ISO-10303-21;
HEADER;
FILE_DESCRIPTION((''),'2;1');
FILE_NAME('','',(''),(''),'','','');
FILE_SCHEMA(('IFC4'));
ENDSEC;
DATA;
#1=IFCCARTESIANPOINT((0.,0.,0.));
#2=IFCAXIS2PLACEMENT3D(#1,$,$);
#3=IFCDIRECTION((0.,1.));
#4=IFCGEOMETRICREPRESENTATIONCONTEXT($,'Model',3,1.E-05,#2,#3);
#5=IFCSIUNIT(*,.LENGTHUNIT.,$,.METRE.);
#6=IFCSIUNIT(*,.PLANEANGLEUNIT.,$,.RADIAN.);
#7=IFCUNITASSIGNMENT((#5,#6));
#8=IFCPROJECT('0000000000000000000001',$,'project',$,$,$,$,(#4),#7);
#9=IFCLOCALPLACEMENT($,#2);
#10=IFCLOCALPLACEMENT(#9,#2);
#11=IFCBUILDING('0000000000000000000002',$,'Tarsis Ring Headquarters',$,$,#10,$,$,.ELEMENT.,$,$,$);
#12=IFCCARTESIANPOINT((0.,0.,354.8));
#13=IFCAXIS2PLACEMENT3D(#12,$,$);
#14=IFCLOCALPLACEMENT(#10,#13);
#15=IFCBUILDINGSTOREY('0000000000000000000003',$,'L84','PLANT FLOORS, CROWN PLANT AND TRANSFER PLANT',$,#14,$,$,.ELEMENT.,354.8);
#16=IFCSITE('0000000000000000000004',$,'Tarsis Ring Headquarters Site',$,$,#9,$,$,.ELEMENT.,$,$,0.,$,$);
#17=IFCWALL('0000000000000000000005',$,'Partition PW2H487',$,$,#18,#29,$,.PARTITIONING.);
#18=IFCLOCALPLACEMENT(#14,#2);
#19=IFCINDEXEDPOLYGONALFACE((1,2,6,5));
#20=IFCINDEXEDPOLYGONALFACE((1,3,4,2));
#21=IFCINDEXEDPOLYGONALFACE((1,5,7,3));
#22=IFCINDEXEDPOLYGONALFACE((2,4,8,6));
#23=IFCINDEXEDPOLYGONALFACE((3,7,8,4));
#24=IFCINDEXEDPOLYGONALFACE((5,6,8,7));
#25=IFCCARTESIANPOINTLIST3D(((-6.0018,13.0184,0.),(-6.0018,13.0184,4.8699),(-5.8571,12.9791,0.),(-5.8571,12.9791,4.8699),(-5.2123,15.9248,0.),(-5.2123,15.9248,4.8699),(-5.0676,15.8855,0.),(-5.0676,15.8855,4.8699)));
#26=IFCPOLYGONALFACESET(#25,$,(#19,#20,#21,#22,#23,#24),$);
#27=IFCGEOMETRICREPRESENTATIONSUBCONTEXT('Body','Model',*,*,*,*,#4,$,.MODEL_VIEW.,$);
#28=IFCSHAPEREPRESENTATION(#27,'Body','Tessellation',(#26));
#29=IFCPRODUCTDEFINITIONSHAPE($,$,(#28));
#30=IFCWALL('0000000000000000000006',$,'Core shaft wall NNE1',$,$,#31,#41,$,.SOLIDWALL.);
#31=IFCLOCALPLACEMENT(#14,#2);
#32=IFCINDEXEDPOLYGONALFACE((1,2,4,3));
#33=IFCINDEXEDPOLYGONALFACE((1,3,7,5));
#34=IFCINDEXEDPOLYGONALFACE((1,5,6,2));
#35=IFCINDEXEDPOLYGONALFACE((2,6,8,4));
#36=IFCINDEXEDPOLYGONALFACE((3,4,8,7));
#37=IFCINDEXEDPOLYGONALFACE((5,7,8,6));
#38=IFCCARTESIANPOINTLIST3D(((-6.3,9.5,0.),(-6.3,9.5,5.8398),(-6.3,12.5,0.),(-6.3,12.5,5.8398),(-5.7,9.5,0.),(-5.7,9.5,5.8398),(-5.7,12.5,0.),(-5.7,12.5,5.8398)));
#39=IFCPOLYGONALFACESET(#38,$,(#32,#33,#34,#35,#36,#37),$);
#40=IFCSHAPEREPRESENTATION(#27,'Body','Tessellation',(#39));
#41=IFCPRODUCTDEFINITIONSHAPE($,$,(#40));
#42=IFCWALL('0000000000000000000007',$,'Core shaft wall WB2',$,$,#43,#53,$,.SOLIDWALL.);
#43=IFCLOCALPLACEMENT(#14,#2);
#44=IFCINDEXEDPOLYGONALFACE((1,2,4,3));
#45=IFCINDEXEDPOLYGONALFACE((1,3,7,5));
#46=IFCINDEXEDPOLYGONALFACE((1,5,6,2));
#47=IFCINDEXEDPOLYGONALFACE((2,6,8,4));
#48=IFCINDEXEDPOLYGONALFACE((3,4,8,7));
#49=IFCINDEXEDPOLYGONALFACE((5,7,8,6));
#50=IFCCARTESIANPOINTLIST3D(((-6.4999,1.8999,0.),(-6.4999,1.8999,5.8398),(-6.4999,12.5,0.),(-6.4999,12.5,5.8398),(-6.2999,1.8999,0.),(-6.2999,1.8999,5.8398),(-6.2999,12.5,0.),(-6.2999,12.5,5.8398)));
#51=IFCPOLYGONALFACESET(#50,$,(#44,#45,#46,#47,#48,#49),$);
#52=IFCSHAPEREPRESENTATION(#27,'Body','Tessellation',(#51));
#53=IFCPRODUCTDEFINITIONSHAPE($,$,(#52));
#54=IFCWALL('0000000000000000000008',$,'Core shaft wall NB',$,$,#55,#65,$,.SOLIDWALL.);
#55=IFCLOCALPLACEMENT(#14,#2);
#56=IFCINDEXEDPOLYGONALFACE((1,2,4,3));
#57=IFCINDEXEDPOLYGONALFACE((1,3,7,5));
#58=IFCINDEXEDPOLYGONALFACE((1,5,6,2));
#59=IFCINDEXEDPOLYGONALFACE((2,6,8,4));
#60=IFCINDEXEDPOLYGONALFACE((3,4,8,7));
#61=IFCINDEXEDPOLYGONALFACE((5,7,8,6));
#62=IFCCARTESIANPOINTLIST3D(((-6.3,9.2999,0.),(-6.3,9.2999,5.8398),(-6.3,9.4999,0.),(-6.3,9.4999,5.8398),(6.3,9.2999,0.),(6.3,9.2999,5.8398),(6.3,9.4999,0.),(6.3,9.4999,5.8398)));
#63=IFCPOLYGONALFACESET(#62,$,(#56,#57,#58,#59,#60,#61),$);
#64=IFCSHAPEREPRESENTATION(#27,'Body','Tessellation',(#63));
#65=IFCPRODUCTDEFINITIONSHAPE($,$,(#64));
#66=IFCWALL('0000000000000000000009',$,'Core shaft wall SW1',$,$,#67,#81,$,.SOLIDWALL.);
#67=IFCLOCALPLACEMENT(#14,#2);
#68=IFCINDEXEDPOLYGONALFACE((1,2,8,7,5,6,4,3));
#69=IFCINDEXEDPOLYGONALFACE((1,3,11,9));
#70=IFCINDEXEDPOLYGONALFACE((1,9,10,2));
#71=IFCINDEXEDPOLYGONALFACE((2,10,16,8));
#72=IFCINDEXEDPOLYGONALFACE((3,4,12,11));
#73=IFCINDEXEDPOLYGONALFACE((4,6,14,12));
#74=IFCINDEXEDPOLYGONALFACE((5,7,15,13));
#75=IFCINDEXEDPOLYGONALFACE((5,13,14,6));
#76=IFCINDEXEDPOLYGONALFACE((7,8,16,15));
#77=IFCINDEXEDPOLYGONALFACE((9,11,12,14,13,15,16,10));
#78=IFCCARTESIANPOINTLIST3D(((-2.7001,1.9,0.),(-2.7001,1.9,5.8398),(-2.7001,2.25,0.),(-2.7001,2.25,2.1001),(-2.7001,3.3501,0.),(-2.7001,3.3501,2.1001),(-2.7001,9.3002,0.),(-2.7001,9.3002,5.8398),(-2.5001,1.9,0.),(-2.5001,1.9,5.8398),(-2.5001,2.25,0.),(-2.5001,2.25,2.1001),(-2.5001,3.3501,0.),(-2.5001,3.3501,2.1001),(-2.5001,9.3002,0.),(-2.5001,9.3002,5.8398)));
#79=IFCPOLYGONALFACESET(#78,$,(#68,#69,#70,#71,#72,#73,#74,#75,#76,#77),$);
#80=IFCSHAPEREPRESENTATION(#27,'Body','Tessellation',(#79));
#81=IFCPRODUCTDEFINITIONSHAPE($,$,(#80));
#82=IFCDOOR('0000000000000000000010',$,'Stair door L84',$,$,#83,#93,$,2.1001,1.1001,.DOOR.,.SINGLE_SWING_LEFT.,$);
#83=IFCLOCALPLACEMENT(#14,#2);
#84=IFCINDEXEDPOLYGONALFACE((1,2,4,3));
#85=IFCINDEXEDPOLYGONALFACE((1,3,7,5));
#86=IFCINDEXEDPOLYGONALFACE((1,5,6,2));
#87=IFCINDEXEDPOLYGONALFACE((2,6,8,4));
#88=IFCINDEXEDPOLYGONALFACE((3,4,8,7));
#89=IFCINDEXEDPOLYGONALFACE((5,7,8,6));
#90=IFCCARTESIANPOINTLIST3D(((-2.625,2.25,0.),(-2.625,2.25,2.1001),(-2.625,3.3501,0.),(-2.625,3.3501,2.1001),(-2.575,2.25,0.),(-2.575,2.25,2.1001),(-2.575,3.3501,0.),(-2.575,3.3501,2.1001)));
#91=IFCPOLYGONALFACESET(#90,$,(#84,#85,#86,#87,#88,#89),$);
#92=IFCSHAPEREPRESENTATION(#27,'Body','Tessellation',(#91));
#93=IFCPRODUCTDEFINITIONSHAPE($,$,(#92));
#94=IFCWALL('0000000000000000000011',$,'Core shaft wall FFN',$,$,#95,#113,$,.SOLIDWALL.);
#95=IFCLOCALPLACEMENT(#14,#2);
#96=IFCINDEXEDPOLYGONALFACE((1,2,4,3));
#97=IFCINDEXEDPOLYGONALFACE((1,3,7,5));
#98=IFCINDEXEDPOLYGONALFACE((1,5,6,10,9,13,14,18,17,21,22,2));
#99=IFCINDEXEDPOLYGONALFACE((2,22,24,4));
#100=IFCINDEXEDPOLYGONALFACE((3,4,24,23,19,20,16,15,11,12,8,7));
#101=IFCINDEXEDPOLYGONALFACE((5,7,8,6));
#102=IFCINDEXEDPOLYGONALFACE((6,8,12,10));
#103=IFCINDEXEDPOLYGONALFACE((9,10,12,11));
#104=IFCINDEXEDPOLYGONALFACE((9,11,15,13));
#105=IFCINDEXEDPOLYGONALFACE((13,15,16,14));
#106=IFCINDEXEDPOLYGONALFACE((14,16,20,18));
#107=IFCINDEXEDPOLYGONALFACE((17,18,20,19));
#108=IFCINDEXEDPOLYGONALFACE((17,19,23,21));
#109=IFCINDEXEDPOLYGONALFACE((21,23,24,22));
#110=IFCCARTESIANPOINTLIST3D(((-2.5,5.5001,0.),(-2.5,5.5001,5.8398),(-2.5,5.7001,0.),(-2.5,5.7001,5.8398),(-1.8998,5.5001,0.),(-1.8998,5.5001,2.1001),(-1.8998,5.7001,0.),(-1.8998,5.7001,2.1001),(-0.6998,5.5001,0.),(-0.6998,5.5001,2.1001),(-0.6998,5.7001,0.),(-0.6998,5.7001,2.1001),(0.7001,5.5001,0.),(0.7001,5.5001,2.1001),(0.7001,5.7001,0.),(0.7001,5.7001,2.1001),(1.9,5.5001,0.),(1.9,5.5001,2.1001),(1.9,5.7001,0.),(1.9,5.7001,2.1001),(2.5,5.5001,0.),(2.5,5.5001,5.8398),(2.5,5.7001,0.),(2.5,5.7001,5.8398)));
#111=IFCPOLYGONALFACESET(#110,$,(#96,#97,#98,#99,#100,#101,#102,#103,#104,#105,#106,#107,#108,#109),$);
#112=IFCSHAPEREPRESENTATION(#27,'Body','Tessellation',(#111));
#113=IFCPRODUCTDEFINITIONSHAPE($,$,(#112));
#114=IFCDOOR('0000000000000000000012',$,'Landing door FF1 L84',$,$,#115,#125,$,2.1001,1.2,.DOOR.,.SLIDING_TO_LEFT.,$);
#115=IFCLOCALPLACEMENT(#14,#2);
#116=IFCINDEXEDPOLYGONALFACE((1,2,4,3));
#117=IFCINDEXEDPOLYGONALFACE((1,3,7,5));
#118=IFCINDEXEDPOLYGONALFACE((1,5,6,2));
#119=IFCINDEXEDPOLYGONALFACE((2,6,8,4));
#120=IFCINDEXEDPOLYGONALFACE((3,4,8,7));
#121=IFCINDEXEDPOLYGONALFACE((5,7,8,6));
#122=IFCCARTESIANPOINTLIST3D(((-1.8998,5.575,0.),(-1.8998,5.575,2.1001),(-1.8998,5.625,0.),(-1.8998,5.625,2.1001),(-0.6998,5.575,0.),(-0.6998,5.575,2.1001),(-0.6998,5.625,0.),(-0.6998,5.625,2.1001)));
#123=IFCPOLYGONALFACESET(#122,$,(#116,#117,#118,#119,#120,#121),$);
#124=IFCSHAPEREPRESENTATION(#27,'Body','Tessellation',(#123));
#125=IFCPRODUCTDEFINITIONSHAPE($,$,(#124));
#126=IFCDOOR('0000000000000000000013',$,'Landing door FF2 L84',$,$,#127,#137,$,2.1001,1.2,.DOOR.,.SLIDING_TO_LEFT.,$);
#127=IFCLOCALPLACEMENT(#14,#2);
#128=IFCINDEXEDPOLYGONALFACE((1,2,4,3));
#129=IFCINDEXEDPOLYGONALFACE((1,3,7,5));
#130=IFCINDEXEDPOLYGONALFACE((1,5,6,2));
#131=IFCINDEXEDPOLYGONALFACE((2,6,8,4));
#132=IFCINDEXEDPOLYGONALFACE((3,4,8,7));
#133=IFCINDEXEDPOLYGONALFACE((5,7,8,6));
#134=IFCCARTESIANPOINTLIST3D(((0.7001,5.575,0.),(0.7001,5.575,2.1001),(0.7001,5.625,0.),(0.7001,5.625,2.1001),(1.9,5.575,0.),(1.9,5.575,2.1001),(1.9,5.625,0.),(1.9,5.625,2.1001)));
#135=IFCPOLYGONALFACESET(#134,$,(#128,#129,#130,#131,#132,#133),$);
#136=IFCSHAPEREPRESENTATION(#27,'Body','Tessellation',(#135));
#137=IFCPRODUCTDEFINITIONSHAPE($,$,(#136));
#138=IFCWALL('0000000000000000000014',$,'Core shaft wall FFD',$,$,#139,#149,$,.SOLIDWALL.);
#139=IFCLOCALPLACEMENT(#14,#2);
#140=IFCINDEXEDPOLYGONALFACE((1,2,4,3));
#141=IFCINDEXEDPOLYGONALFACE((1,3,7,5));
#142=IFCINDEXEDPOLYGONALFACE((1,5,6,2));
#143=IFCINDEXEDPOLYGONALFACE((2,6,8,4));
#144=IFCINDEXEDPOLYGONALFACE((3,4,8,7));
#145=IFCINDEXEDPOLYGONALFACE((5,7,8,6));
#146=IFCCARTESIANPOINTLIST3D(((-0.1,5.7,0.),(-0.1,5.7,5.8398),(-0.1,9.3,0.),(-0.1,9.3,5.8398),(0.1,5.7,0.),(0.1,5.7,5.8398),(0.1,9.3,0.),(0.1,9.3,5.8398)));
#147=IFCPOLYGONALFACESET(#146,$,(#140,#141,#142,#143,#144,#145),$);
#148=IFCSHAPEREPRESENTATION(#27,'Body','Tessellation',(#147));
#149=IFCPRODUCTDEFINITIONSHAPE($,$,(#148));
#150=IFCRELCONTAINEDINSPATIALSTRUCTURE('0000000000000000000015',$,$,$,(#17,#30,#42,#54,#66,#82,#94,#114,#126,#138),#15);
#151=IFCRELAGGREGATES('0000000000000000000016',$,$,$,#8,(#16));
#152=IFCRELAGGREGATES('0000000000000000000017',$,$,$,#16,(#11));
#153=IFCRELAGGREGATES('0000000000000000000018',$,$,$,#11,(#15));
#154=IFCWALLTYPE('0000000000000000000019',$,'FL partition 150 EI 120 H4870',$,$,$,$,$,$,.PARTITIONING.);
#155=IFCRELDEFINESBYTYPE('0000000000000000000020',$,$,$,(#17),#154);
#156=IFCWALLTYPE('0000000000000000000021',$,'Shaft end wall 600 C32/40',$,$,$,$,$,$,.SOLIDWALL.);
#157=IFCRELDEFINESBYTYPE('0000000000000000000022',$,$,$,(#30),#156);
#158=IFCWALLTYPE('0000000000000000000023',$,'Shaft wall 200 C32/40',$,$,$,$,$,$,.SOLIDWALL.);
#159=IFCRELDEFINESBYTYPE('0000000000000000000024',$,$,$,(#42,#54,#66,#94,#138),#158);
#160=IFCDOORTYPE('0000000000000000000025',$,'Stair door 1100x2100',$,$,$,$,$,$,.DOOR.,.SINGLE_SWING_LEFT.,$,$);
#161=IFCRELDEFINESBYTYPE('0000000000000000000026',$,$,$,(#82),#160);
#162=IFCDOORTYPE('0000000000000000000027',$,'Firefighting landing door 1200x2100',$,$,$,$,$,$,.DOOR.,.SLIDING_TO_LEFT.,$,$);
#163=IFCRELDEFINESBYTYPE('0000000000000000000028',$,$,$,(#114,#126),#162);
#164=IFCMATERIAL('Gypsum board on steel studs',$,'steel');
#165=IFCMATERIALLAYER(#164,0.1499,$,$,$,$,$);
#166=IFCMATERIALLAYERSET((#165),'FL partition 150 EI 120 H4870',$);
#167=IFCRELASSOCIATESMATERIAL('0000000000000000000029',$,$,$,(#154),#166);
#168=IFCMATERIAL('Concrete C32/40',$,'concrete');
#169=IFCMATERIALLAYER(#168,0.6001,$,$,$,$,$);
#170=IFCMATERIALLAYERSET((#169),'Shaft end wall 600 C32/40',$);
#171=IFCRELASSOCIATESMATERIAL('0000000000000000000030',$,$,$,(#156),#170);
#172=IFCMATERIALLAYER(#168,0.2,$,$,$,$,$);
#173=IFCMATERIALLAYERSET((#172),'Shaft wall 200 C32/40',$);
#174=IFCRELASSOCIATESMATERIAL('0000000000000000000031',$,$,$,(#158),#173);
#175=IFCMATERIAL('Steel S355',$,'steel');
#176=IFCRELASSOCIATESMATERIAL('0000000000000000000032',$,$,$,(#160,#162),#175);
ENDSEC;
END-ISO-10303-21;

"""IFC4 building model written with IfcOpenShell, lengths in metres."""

from ifc_helpers import new_model, si_unit, direction, frame, frame_2d, origin, place, context, subcontext, project, spatial, rectangle, extrude, material, layer, layer_set, type_object, element, fill, save


model = new_model("IFC4")

# Units and contexts
model_context = context("Model", 3, precision=1e-05, world=origin(), true_north=direction((0.0, 1.0)))
body_context = subcontext(model_context, "Body", "Model", "MODEL_VIEW")
ifc_project = project(units=[si_unit("LENGTHUNIT", "METRE"), si_unit("PLANEANGLEUNIT", "RADIAN")], contexts=[model_context])

# Site, building, storey
site_placement = place(None, origin())
site = spatial("IfcSite", under=ifc_project, at=site_placement, Name="Tarsis Ring Headquarters Site", CompositionType="ELEMENT", RefElevation=0.0)
building_placement = place(site_placement, origin())
building = spatial("IfcBuilding", under=site, at=building_placement, Name="Tarsis Ring Headquarters", CompositionType="ELEMENT")
storey_placement = place(building_placement, frame((0.0, 0.0, 354.8)))
storey = spatial("IfcBuildingStorey", under=building, at=storey_placement, Name="L84", Description="PLANT FLOORS, CROWN PLANT AND TRANSFER PLANT", CompositionType="ELEMENT", Elevation=354.8)

# Walls
ifc_material_1 = material(Name="Gypsum board on steel studs", Category="steel")
ifc_layer_1 = layer(ifc_material_1, 0.1499)
ifc_layer_set_1 = layer_set([ifc_layer_1], Name="FL partition 150 EI 120 H4870")
wall_type_1 = type_object("IfcWallType", Name="FL partition 150 EI 120 H4870", PredefinedType="PARTITIONING", material=ifc_layer_set_1)
wall_1_placement = place(storey_placement, frame((-5.9294, 12.9988, 0.0), z_axis=(0.0, 0.0, 1.0), x_axis=(0.26215, 0.965027, 0.0)))
element("IfcWall", 1, at=wall_1_placement, inside=storey, type_object=wall_type_1, Name="Partition PW2H487", PredefinedType="PARTITIONING", context=body_context, shape_type="SweptSolid", body=[
    extrude(rectangle(XDim=3.0117, YDim=0.1499, at=frame_2d((1.5059, 0.0))), origin(), (0.0, 0.0, 1.0), 4.8699),
])
ifc_material_2 = material(Name="Concrete C32/40", Category="concrete")
ifc_layer_2 = layer(ifc_material_2, 0.6001)
ifc_layer_set_2 = layer_set([ifc_layer_2], Name="Shaft end wall 600 C32/40")
wall_type_2 = type_object("IfcWallType", Name="Shaft end wall 600 C32/40", PredefinedType="SOLIDWALL", material=ifc_layer_set_2)
wall_2_placement = place(storey_placement, frame((-6.0, 9.5, 0.0), z_axis=(0.0, 0.0, 1.0), x_axis=(0.0, 1.0, 0.0)))
element("IfcWall", 2, at=wall_2_placement, inside=storey, type_object=wall_type_2, Name="Core shaft wall NNE1", PredefinedType="SOLIDWALL", context=body_context, shape_type="SweptSolid", body=[
    extrude(rectangle(XDim=3.0, YDim=0.6001, at=frame_2d((1.5, 0.0))), origin(), (0.0, 0.0, 1.0), 5.8398),
])
ifc_layer_3 = layer(ifc_material_2, 0.2)
ifc_layer_set_3 = layer_set([ifc_layer_3], Name="Shaft wall 200 C32/40")
wall_type_3 = type_object("IfcWallType", Name="Shaft wall 200 C32/40", PredefinedType="SOLIDWALL", material=ifc_layer_set_3)
wall_3_placement = place(storey_placement, frame((-6.3999, 1.8999, 0.0), z_axis=(0.0, 0.0, 1.0), x_axis=(0.0, 1.0, 0.0)))
element("IfcWall", 3, at=wall_3_placement, inside=storey, type_object=wall_type_3, Name="Core shaft wall WB2", PredefinedType="SOLIDWALL", context=body_context, shape_type="SweptSolid", body=[
    extrude(rectangle(XDim=10.6001, YDim=0.2, at=frame_2d((5.3, 0.0))), origin(), (0.0, 0.0, 1.0), 5.8398),
])
wall_4_placement = place(storey_placement, frame((-6.3, 9.3999, 0.0), z_axis=(0.0, 0.0, 1.0), x_axis=(1.0, 0.0, 0.0)))
element("IfcWall", 4, at=wall_4_placement, inside=storey, type_object=wall_type_3, Name="Core shaft wall NB", PredefinedType="SOLIDWALL", context=body_context, shape_type="SweptSolid", body=[
    extrude(rectangle(XDim=12.6001, YDim=0.2, at=frame_2d((6.3, 0.0))), origin(), (0.0, 0.0, 1.0), 5.8398),
])

# Wall, opening, door
wall_5_placement = place(storey_placement, frame((-2.6001, 1.8999, 0.0), z_axis=(0.0, 0.0, 1.0), x_axis=(0.0, 1.0, 0.0)))
wall_5 = element("IfcWall", 5, at=wall_5_placement, inside=storey, type_object=wall_type_3, Name="Core shaft wall SW1", PredefinedType="SOLIDWALL", context=body_context, shape_type="SweptSolid", body=[
    extrude(rectangle(XDim=7.4001, YDim=0.2, at=frame_2d((3.7002, 0.0))), origin(), (0.0, 0.0, 1.0), 5.8398),
])
opening_1_placement = place(wall_5_placement, frame((0.3501, 0.0, 0.0)))
opening_1 = element("IfcOpeningElement", 6, at=opening_1_placement, cuts=wall_5, PredefinedType="OPENING", context=body_context, shape_type="SweptSolid", body=[
    extrude(rectangle(XDim=1.1001, YDim=2.1001, at=frame_2d((0.55, 1.05))), frame((0.0, 0.1099, 0.0), z_axis=(0.0, -1.0, 0.0), x_axis=(1.0, 0.0, 0.0)), (0.0, 0.0, 1.0), 0.22),
])
ifc_material_3 = material(Name="Steel S355", Category="steel")
door_type_1 = type_object("IfcDoorType", Name="Stair door 1100x2100", OperationType="SINGLE_SWING_LEFT", PredefinedType="DOOR", material=ifc_material_3)
door_1_placement = place(opening_1_placement, origin())
door_1 = element("IfcDoor", 7, at=door_1_placement, inside=storey, type_object=door_type_1, Name="Stair door L84", OperationType="SINGLE_SWING_LEFT", OverallHeight=2.1001, OverallWidth=1.1001, PredefinedType="DOOR", context=body_context, shape_type="SweptSolid", body=[
    extrude(rectangle(XDim=1.1001, YDim=2.1001, at=frame_2d((0.55, 1.05))), frame((0.0, 0.0249, 0.0), z_axis=(0.0, -1.0, 0.0), x_axis=(1.0, 0.0, 0.0)), (0.0, 0.0, 1.0), 0.05),
])
fill(opening_1, door_1)

# Wall, openings, doors
wall_6_placement = place(storey_placement, frame((-2.5, 5.6001, 0.0), z_axis=(0.0, 0.0, 1.0), x_axis=(1.0, 0.0, 0.0)))
wall_6 = element("IfcWall", 8, at=wall_6_placement, inside=storey, type_object=wall_type_3, Name="Core shaft wall FFN", PredefinedType="SOLIDWALL", context=body_context, shape_type="SweptSolid", body=[
    extrude(rectangle(XDim=5.0, YDim=0.2, at=frame_2d((2.5, 0.0))), origin(), (0.0, 0.0, 1.0), 5.8398),
])
opening_2_placement = place(wall_6_placement, frame((0.6001, 0.0, 0.0)))
opening_2 = element("IfcOpeningElement", 9, at=opening_2_placement, cuts=wall_6, PredefinedType="OPENING", context=body_context, shape_type="SweptSolid", body=[
    extrude(rectangle(XDim=1.2, YDim=2.1001, at=frame_2d((0.6001, 1.05))), frame((0.0, 0.1099, 0.0), z_axis=(0.0, -1.0, 0.0), x_axis=(1.0, 0.0, 0.0)), (0.0, 0.0, 1.0), 0.22),
])
opening_3_placement = place(wall_6_placement, frame((3.2, 0.0, 0.0)))
opening_3 = element("IfcOpeningElement", 10, at=opening_3_placement, cuts=wall_6, PredefinedType="OPENING", context=body_context, shape_type="SweptSolid", body=[
    extrude(rectangle(XDim=1.2, YDim=2.1001, at=frame_2d((0.6001, 1.05))), frame((0.0, 0.1099, 0.0), z_axis=(0.0, -1.0, 0.0), x_axis=(1.0, 0.0, 0.0)), (0.0, 0.0, 1.0), 0.22),
])
door_type_2 = type_object("IfcDoorType", Name="Firefighting landing door 1200x2100", OperationType="SLIDING_TO_LEFT", PredefinedType="DOOR", material=ifc_material_3)
door_2_placement = place(opening_2_placement, origin())
door_2 = element("IfcDoor", 11, at=door_2_placement, inside=storey, type_object=door_type_2, Name="Landing door FF1 L84", OperationType="SLIDING_TO_LEFT", OverallHeight=2.1001, OverallWidth=1.2, PredefinedType="DOOR", context=body_context, shape_type="SweptSolid", body=[
    extrude(rectangle(XDim=1.2, YDim=2.1001, at=frame_2d((0.6001, 1.05))), frame((0.0, 0.0249, 0.0), z_axis=(0.0, -1.0, 0.0), x_axis=(1.0, 0.0, 0.0)), (0.0, 0.0, 1.0), 0.05),
])
fill(opening_2, door_2)
door_3_placement = place(opening_3_placement, origin())
door_3 = element("IfcDoor", 12, at=door_3_placement, inside=storey, type_object=door_type_2, Name="Landing door FF2 L84", OperationType="SLIDING_TO_LEFT", OverallHeight=2.1001, OverallWidth=1.2, PredefinedType="DOOR", context=body_context, shape_type="SweptSolid", body=[
    extrude(rectangle(XDim=1.2, YDim=2.1001, at=frame_2d((0.6001, 1.05))), frame((0.0, 0.0249, 0.0), z_axis=(0.0, -1.0, 0.0), x_axis=(1.0, 0.0, 0.0)), (0.0, 0.0, 1.0), 0.05),
])
fill(opening_3, door_3)

# Wall
wall_7_placement = place(storey_placement, frame((0.0, 5.7, 0.0), z_axis=(0.0, 0.0, 1.0), x_axis=(0.0, 1.0, 0.0)))
element("IfcWall", 13, at=wall_7_placement, inside=storey, type_object=wall_type_3, Name="Core shaft wall FFD", PredefinedType="SOLIDWALL", context=body_context, shape_type="SweptSolid", body=[
    extrude(rectangle(XDim=3.6001, YDim=0.2, at=frame_2d((1.8, 0.0))), origin(), (0.0, 0.0, 1.0), 5.8398),
])

save(model, "model.ifc")
